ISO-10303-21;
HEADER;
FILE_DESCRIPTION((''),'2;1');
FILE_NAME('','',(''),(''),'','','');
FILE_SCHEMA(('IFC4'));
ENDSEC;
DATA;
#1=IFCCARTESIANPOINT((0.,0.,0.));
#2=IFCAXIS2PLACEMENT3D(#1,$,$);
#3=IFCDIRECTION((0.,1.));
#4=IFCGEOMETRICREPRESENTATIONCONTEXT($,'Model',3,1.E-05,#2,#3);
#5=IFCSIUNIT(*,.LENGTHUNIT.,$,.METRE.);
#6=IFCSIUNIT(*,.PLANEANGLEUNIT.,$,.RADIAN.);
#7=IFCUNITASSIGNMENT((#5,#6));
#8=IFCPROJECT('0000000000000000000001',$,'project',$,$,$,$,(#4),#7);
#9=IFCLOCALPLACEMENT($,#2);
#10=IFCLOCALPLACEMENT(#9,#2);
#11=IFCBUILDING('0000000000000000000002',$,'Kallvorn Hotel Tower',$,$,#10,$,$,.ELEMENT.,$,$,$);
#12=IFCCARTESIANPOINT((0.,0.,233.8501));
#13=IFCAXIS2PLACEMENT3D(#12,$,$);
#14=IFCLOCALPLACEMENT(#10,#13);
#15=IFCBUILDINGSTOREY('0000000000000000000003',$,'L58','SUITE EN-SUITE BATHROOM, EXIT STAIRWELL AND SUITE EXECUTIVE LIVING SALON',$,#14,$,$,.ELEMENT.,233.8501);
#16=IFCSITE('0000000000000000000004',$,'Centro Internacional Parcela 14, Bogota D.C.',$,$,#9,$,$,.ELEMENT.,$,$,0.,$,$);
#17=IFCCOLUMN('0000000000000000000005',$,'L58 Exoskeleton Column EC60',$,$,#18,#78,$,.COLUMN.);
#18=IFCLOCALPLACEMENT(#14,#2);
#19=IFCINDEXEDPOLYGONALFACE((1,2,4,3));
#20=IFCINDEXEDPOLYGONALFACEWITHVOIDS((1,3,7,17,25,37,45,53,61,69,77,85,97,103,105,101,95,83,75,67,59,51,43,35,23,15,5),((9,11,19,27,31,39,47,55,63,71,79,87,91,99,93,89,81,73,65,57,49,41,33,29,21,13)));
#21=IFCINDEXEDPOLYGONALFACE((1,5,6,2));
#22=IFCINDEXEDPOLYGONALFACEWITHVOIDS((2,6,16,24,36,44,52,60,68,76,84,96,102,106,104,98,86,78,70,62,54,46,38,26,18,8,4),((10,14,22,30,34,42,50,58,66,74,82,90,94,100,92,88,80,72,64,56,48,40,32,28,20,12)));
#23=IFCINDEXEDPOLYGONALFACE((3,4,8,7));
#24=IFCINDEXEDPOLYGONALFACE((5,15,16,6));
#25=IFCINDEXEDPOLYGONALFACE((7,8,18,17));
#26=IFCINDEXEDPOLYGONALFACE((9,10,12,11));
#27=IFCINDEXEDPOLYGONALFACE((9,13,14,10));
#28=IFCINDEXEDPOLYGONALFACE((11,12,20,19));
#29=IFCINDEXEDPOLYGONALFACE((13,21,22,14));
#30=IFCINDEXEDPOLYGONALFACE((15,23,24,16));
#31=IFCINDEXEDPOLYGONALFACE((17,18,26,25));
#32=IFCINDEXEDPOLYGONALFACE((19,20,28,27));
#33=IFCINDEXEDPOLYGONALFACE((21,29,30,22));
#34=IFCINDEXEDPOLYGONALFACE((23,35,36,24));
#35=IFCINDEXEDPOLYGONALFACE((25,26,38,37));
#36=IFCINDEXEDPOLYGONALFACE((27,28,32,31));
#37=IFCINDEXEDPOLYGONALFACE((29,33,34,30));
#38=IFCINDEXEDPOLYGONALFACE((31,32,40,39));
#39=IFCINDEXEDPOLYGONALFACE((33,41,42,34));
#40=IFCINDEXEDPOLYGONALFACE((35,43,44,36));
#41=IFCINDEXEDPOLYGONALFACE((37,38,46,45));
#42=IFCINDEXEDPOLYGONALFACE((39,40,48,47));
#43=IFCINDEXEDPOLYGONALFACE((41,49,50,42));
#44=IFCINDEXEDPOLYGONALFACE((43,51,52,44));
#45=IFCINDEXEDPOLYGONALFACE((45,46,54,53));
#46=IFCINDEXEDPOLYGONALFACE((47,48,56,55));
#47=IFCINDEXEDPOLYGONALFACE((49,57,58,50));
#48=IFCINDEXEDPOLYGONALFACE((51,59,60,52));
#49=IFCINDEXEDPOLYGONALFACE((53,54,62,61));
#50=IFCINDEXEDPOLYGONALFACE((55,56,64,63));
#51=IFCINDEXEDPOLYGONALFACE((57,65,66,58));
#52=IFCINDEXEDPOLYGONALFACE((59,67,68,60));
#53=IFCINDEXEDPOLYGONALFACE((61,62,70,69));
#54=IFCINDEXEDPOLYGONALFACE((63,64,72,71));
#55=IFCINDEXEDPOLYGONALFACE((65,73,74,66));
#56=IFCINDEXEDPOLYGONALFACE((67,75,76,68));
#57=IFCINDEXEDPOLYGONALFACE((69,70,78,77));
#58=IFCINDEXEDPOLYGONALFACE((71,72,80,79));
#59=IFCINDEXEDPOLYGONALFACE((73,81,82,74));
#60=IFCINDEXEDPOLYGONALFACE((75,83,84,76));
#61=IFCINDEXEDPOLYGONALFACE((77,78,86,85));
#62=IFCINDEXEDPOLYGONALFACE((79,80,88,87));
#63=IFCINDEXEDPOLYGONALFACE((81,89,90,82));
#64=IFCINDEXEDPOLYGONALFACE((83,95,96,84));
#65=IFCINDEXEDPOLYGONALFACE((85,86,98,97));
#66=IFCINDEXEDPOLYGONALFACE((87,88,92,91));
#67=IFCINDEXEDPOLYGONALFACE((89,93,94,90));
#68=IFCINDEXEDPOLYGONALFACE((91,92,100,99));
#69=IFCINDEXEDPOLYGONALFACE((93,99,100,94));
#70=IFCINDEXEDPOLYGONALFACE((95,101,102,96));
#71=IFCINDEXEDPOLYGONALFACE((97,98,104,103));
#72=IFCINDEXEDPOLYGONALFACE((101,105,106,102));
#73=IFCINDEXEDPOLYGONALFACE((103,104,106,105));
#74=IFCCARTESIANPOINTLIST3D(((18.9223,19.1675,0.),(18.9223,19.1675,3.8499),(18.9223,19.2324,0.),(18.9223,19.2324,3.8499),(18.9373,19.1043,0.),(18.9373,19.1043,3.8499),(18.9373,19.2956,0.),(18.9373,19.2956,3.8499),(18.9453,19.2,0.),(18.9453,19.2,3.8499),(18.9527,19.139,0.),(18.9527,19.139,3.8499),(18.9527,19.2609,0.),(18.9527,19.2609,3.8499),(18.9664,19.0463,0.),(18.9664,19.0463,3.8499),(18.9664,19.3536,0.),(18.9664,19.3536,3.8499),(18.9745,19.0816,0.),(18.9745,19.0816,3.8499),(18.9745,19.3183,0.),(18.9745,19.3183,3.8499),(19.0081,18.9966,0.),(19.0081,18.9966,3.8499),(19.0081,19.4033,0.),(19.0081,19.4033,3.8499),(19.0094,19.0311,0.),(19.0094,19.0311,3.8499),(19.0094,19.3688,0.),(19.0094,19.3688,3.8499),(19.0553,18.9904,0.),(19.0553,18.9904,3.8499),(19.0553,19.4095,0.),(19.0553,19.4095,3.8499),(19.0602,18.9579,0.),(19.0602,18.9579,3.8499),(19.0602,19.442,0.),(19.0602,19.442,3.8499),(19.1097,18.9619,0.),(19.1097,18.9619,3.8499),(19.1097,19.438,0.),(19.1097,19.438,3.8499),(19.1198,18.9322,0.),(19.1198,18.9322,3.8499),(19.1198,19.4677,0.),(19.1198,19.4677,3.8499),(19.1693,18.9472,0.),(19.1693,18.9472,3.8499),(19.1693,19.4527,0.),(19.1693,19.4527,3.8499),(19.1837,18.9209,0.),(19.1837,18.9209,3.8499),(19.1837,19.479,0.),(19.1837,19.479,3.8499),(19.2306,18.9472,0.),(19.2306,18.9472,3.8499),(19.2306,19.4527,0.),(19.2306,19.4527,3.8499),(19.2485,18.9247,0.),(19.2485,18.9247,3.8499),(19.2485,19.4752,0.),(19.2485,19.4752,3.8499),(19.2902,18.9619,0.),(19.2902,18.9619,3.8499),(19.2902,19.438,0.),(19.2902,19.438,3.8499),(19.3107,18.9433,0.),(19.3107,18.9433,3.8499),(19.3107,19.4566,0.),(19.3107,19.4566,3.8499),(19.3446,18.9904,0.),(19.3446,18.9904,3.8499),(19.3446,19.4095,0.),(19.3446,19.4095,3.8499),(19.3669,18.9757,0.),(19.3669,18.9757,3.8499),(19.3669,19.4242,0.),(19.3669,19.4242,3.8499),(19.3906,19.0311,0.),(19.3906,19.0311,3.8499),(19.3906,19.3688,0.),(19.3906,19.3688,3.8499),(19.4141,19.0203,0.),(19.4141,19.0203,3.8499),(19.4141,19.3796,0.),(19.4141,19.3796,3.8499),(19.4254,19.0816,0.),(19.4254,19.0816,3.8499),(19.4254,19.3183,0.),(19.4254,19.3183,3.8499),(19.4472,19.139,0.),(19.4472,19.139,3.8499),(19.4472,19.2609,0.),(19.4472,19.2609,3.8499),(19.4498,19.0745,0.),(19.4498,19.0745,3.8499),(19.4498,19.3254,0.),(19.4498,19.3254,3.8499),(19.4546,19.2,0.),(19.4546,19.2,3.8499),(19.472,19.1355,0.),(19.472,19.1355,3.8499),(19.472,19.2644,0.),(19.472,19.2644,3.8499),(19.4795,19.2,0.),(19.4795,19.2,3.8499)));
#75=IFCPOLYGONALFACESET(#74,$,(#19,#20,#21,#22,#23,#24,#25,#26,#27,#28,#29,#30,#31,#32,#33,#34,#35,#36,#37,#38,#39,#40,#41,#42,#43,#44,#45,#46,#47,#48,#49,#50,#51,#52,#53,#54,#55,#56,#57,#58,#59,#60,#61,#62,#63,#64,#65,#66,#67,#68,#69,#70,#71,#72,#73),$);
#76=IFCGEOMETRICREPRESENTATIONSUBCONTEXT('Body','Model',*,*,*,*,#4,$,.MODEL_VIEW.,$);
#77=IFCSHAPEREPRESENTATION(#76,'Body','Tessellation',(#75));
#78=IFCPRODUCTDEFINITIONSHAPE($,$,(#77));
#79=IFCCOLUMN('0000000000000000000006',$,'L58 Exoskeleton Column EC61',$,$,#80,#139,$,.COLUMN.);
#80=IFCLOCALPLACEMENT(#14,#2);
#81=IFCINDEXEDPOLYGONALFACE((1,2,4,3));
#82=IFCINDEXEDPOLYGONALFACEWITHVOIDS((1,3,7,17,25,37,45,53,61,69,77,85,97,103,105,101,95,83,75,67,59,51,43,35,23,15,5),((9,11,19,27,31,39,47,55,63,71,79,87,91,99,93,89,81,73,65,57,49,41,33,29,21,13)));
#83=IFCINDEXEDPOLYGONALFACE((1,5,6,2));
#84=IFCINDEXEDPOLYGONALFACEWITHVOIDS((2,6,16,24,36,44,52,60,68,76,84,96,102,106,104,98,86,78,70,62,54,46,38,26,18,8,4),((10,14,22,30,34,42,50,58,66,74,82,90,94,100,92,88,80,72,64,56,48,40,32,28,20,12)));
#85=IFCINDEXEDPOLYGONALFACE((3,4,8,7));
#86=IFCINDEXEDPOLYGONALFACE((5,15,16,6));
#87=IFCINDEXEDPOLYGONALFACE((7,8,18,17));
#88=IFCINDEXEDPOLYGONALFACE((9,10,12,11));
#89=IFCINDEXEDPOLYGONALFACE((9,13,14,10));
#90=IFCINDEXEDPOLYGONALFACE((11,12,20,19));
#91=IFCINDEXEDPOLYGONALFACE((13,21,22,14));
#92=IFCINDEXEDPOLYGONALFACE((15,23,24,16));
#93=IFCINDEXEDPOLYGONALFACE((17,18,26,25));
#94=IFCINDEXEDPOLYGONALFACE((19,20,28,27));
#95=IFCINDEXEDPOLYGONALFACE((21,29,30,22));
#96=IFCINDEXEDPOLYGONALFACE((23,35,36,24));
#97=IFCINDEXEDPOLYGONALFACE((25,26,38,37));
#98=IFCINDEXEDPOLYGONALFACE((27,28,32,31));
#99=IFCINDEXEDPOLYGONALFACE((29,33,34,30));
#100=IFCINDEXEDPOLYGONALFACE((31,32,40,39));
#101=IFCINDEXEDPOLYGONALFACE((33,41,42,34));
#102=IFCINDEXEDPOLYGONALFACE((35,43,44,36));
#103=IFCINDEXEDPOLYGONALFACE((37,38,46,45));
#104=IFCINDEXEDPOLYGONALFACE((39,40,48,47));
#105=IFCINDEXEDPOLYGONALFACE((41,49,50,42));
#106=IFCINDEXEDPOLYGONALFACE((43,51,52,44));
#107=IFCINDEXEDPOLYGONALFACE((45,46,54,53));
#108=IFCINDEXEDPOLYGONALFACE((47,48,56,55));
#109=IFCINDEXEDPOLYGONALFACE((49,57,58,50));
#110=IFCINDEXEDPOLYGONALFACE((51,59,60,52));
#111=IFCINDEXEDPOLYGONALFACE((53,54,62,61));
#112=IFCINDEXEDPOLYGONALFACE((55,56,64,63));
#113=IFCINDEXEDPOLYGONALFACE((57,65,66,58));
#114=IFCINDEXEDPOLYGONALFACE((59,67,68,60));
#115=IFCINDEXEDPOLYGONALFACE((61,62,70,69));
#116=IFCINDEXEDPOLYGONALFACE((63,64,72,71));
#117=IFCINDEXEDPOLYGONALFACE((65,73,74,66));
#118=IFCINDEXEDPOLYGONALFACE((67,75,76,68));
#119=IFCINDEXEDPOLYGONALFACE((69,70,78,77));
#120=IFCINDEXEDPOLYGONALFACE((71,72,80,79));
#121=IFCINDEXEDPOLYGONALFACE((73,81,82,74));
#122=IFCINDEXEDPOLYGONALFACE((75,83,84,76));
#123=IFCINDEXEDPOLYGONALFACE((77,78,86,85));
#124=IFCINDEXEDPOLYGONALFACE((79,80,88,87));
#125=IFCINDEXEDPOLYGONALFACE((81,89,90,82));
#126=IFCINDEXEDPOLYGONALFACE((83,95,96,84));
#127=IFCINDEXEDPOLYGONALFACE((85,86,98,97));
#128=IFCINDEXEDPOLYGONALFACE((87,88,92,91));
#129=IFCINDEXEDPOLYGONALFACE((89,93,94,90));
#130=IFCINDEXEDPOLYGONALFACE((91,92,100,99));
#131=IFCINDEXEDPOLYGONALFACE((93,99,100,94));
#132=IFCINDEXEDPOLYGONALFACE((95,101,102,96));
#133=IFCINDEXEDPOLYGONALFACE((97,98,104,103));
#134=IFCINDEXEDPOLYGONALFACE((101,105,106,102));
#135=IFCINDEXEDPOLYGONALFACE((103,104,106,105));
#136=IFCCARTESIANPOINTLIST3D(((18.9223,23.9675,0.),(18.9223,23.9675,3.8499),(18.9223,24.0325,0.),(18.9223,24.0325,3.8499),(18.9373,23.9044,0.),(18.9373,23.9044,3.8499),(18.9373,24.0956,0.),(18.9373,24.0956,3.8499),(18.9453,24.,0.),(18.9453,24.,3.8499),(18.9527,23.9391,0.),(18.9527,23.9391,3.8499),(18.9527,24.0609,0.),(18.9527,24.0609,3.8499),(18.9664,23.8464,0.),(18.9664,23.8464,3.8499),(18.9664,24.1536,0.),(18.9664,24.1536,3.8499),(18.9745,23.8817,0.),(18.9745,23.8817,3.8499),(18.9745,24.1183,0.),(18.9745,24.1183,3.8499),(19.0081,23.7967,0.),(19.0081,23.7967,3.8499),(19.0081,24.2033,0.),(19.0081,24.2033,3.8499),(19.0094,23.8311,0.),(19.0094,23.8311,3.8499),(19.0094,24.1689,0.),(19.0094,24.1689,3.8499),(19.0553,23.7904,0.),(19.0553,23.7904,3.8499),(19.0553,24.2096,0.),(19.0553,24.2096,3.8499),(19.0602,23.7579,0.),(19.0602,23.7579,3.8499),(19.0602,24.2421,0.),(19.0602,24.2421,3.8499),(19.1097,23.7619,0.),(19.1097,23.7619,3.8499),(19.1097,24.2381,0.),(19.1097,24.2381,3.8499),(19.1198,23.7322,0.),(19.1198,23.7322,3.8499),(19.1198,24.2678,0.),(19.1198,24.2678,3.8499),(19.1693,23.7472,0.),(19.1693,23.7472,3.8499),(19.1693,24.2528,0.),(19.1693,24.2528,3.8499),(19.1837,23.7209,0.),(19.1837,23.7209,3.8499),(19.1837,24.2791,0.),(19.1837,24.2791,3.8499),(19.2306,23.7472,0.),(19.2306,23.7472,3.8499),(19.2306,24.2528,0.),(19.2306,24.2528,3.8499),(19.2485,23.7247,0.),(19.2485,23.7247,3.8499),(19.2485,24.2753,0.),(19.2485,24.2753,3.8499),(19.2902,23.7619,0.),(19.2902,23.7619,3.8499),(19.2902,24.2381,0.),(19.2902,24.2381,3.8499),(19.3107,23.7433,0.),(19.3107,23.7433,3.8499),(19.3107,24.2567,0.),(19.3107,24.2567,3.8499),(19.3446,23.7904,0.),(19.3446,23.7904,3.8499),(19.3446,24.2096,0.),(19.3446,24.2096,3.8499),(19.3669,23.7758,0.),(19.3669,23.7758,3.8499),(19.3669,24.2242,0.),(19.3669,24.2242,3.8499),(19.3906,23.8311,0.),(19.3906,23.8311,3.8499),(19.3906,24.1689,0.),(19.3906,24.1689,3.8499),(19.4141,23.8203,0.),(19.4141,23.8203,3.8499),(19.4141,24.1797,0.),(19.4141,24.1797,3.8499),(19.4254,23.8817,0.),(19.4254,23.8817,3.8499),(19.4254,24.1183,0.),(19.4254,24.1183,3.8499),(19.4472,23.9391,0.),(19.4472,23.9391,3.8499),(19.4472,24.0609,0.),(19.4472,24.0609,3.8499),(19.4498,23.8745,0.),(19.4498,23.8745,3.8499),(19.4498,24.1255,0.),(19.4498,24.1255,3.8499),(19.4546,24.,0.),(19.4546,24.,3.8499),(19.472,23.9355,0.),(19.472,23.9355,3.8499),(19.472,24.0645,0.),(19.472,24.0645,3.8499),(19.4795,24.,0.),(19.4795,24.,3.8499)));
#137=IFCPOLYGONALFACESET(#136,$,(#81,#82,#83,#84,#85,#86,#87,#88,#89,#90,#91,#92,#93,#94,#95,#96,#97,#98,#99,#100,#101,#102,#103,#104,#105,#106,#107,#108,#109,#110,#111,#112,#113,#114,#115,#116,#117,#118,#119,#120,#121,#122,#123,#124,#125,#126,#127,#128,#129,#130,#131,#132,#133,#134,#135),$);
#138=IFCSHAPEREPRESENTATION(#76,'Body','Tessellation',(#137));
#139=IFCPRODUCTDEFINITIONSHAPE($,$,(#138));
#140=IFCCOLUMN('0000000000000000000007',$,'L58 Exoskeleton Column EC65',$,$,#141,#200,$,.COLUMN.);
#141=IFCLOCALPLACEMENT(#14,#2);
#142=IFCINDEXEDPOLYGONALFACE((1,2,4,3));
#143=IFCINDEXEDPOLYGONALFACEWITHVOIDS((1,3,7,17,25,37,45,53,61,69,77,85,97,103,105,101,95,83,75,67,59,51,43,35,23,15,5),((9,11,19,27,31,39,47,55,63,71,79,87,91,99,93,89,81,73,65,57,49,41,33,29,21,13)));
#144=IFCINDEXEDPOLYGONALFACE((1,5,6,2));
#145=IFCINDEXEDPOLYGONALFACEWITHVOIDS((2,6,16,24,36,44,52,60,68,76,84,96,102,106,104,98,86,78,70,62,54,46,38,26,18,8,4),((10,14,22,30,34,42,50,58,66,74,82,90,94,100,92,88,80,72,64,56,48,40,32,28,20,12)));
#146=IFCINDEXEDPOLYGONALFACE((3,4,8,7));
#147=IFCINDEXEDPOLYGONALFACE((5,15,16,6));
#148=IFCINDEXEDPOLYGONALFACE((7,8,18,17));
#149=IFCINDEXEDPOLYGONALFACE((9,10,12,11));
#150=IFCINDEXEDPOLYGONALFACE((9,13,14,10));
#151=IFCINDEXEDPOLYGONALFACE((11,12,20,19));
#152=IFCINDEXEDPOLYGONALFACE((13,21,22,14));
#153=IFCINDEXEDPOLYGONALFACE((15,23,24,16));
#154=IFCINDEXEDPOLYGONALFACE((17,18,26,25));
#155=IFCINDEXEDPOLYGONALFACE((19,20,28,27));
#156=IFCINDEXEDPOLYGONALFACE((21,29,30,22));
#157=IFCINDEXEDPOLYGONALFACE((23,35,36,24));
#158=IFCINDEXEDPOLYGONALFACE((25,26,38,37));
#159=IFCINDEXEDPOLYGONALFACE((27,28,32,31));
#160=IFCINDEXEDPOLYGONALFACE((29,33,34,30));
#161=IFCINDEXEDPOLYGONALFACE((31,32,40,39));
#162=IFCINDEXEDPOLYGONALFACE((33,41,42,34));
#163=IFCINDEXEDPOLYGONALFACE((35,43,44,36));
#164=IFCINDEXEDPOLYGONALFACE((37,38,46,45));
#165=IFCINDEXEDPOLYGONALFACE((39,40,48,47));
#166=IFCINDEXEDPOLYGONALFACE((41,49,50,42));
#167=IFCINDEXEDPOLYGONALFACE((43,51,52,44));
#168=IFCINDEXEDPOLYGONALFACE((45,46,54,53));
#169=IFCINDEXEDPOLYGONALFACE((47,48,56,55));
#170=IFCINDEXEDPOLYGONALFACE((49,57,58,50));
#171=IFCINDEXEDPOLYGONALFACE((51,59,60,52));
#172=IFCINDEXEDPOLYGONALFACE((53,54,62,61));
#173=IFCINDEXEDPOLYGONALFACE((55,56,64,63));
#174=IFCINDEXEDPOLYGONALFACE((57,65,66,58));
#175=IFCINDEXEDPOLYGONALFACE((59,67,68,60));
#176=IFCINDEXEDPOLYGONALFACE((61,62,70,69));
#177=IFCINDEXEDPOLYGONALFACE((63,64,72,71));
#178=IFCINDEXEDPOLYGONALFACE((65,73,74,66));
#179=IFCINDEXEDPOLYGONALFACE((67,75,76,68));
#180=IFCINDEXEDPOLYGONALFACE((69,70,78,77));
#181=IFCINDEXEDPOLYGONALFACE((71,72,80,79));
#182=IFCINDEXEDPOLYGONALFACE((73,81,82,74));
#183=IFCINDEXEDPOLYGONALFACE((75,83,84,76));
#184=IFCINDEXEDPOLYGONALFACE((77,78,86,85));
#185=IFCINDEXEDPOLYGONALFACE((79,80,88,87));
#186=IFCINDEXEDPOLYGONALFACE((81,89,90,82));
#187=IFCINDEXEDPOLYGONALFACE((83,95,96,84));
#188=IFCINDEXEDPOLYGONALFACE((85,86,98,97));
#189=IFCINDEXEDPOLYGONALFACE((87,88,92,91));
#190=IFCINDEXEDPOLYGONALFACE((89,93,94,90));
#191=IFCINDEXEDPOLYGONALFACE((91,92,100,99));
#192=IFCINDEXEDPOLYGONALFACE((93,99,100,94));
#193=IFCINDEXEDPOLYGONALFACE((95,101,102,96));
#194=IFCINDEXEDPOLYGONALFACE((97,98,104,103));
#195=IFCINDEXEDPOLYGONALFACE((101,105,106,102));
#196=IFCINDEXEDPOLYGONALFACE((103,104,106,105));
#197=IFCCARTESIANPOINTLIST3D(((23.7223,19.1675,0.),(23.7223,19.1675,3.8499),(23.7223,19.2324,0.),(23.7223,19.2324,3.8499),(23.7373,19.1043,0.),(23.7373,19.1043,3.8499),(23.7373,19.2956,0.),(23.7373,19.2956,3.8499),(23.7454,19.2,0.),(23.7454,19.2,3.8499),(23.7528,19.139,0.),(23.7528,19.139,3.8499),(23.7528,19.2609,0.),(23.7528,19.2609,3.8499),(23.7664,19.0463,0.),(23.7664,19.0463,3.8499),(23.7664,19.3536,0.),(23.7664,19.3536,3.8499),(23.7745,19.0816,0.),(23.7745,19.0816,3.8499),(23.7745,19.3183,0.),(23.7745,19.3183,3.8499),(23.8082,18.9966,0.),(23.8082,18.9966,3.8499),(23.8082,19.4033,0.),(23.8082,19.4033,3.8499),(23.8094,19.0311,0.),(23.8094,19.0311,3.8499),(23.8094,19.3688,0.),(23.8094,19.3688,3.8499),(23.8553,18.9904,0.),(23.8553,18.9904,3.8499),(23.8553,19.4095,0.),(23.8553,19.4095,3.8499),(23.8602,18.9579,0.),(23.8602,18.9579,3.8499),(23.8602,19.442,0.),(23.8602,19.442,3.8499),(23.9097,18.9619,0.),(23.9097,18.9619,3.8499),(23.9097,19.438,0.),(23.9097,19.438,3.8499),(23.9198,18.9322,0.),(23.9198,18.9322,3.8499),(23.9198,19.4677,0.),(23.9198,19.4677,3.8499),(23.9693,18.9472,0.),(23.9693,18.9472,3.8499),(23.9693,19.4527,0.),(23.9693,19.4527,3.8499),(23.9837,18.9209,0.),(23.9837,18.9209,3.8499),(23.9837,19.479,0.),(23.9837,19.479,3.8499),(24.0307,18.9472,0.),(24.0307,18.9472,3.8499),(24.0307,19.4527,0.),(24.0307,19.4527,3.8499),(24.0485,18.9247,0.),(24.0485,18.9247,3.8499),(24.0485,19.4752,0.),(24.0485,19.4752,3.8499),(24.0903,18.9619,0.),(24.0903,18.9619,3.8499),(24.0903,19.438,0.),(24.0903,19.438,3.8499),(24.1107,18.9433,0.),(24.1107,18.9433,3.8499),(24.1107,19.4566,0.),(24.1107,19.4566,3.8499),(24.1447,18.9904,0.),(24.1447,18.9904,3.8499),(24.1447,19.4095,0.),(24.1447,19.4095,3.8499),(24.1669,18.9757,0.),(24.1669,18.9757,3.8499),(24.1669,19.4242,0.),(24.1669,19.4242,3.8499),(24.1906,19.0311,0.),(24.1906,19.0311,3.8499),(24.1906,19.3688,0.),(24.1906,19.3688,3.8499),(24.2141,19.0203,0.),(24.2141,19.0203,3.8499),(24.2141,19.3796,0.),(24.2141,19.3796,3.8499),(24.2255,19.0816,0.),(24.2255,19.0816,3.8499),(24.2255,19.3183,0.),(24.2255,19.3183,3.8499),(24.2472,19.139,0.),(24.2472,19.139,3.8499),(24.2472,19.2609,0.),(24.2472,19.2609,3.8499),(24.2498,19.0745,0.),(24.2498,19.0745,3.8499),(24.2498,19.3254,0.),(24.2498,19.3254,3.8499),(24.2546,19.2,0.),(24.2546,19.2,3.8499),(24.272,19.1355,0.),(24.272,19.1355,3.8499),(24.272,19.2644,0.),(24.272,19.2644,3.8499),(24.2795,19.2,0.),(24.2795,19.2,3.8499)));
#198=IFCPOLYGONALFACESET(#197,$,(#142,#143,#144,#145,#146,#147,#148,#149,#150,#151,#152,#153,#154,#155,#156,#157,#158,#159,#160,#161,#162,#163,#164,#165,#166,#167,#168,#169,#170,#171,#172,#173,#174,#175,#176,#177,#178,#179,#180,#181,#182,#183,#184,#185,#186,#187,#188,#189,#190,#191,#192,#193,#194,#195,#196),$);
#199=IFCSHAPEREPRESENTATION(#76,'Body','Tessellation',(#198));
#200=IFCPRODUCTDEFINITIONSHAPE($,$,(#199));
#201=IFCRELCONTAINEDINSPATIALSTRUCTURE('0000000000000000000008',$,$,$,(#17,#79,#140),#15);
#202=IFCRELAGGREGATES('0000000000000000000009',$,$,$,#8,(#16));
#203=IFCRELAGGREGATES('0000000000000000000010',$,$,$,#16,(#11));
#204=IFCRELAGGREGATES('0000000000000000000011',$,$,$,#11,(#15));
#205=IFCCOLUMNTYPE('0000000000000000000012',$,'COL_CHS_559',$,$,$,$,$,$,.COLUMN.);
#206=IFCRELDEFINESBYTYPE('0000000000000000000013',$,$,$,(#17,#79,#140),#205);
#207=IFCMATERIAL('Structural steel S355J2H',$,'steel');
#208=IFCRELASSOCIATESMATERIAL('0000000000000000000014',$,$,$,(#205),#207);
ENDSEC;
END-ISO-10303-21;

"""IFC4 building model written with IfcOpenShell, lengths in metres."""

from ifc_helpers import new_model, si_unit, direction, frame, origin, origin_2d, place, context, subcontext, project, spatial, hollow_circle, extrude, material, material_profile, profile_set, type_object, element, save


model = new_model("IFC4")

# Units and contexts
model_context = context("Model", 3, precision=1e-05, world=origin(), true_north=direction((0.0, 1.0)))
body_context = subcontext(model_context, "Body", "Model", "MODEL_VIEW")
ifc_project = project(units=[si_unit("LENGTHUNIT", "METRE"), si_unit("PLANEANGLEUNIT", "RADIAN")], contexts=[model_context])

# Site, building, storey
site_placement = place(None, origin())
site = spatial("IfcSite", under=ifc_project, at=site_placement, Name="Centro Internacional Parcela 14, Bogota D.C.", CompositionType="ELEMENT", RefElevation=0.0)
building_placement = place(site_placement, origin())
building = spatial("IfcBuilding", under=site, at=building_placement, Name="Kallvorn Hotel Tower", CompositionType="ELEMENT")
storey_placement = place(building_placement, frame((0.0, 0.0, 233.8501)))
storey = spatial("IfcBuildingStorey", under=building, at=storey_placement, Name="L58", Description="SUITE EN-SUITE BATHROOM, EXIT STAIRWELL AND SUITE EXECUTIVE LIVING SALON", CompositionType="ELEMENT", Elevation=233.8501)

# Columns
ifc_material_1 = material(Name="Structural steel S355J2H", Category="steel")
ifc_material_profile_1 = material_profile(ifc_material_1, hollow_circle(Radius=0.2795, WallThickness=0.0249, at=origin_2d()), Name="CHS 559x25")
ifc_profile_set_1 = profile_set([ifc_material_profile_1], Name="Structural steel S355J2H")
column_type = type_object("IfcColumnType", Name="COL_CHS_559", PredefinedType="COLUMN", material=ifc_profile_set_1)
for number, where, z_axis, x_axis, name in (
    (1, (19.2, 19.2, 0.0), (0.0, 0.0, 1.0), (1.0, 0.0, 0.0), "L58 Exoskeleton Column EC60"),
    (2, (19.2, 24.0, 0.0), (0.0, 0.0, 1.0), (1.0, 0.0, 0.0), "L58 Exoskeleton Column EC61"),
    (3, (24.0, 19.2, 0.0), (0.0, 0.0, 1.0), (1.0, 0.0, 0.0), "L58 Exoskeleton Column EC65"),
):
    element("IfcColumn", number, at=place(storey_placement, frame(where, z_axis=z_axis, x_axis=x_axis)), inside=storey, type_object=column_type, Name=name, PredefinedType="COLUMN", context=body_context, shape_type="SweptSolid", body=[
        extrude(hollow_circle(Radius=0.2795, WallThickness=0.0249, at=origin_2d()), origin(), (0.0, 0.0, 1.0), 3.8499),
    ])

save(model, "model.ifc")
